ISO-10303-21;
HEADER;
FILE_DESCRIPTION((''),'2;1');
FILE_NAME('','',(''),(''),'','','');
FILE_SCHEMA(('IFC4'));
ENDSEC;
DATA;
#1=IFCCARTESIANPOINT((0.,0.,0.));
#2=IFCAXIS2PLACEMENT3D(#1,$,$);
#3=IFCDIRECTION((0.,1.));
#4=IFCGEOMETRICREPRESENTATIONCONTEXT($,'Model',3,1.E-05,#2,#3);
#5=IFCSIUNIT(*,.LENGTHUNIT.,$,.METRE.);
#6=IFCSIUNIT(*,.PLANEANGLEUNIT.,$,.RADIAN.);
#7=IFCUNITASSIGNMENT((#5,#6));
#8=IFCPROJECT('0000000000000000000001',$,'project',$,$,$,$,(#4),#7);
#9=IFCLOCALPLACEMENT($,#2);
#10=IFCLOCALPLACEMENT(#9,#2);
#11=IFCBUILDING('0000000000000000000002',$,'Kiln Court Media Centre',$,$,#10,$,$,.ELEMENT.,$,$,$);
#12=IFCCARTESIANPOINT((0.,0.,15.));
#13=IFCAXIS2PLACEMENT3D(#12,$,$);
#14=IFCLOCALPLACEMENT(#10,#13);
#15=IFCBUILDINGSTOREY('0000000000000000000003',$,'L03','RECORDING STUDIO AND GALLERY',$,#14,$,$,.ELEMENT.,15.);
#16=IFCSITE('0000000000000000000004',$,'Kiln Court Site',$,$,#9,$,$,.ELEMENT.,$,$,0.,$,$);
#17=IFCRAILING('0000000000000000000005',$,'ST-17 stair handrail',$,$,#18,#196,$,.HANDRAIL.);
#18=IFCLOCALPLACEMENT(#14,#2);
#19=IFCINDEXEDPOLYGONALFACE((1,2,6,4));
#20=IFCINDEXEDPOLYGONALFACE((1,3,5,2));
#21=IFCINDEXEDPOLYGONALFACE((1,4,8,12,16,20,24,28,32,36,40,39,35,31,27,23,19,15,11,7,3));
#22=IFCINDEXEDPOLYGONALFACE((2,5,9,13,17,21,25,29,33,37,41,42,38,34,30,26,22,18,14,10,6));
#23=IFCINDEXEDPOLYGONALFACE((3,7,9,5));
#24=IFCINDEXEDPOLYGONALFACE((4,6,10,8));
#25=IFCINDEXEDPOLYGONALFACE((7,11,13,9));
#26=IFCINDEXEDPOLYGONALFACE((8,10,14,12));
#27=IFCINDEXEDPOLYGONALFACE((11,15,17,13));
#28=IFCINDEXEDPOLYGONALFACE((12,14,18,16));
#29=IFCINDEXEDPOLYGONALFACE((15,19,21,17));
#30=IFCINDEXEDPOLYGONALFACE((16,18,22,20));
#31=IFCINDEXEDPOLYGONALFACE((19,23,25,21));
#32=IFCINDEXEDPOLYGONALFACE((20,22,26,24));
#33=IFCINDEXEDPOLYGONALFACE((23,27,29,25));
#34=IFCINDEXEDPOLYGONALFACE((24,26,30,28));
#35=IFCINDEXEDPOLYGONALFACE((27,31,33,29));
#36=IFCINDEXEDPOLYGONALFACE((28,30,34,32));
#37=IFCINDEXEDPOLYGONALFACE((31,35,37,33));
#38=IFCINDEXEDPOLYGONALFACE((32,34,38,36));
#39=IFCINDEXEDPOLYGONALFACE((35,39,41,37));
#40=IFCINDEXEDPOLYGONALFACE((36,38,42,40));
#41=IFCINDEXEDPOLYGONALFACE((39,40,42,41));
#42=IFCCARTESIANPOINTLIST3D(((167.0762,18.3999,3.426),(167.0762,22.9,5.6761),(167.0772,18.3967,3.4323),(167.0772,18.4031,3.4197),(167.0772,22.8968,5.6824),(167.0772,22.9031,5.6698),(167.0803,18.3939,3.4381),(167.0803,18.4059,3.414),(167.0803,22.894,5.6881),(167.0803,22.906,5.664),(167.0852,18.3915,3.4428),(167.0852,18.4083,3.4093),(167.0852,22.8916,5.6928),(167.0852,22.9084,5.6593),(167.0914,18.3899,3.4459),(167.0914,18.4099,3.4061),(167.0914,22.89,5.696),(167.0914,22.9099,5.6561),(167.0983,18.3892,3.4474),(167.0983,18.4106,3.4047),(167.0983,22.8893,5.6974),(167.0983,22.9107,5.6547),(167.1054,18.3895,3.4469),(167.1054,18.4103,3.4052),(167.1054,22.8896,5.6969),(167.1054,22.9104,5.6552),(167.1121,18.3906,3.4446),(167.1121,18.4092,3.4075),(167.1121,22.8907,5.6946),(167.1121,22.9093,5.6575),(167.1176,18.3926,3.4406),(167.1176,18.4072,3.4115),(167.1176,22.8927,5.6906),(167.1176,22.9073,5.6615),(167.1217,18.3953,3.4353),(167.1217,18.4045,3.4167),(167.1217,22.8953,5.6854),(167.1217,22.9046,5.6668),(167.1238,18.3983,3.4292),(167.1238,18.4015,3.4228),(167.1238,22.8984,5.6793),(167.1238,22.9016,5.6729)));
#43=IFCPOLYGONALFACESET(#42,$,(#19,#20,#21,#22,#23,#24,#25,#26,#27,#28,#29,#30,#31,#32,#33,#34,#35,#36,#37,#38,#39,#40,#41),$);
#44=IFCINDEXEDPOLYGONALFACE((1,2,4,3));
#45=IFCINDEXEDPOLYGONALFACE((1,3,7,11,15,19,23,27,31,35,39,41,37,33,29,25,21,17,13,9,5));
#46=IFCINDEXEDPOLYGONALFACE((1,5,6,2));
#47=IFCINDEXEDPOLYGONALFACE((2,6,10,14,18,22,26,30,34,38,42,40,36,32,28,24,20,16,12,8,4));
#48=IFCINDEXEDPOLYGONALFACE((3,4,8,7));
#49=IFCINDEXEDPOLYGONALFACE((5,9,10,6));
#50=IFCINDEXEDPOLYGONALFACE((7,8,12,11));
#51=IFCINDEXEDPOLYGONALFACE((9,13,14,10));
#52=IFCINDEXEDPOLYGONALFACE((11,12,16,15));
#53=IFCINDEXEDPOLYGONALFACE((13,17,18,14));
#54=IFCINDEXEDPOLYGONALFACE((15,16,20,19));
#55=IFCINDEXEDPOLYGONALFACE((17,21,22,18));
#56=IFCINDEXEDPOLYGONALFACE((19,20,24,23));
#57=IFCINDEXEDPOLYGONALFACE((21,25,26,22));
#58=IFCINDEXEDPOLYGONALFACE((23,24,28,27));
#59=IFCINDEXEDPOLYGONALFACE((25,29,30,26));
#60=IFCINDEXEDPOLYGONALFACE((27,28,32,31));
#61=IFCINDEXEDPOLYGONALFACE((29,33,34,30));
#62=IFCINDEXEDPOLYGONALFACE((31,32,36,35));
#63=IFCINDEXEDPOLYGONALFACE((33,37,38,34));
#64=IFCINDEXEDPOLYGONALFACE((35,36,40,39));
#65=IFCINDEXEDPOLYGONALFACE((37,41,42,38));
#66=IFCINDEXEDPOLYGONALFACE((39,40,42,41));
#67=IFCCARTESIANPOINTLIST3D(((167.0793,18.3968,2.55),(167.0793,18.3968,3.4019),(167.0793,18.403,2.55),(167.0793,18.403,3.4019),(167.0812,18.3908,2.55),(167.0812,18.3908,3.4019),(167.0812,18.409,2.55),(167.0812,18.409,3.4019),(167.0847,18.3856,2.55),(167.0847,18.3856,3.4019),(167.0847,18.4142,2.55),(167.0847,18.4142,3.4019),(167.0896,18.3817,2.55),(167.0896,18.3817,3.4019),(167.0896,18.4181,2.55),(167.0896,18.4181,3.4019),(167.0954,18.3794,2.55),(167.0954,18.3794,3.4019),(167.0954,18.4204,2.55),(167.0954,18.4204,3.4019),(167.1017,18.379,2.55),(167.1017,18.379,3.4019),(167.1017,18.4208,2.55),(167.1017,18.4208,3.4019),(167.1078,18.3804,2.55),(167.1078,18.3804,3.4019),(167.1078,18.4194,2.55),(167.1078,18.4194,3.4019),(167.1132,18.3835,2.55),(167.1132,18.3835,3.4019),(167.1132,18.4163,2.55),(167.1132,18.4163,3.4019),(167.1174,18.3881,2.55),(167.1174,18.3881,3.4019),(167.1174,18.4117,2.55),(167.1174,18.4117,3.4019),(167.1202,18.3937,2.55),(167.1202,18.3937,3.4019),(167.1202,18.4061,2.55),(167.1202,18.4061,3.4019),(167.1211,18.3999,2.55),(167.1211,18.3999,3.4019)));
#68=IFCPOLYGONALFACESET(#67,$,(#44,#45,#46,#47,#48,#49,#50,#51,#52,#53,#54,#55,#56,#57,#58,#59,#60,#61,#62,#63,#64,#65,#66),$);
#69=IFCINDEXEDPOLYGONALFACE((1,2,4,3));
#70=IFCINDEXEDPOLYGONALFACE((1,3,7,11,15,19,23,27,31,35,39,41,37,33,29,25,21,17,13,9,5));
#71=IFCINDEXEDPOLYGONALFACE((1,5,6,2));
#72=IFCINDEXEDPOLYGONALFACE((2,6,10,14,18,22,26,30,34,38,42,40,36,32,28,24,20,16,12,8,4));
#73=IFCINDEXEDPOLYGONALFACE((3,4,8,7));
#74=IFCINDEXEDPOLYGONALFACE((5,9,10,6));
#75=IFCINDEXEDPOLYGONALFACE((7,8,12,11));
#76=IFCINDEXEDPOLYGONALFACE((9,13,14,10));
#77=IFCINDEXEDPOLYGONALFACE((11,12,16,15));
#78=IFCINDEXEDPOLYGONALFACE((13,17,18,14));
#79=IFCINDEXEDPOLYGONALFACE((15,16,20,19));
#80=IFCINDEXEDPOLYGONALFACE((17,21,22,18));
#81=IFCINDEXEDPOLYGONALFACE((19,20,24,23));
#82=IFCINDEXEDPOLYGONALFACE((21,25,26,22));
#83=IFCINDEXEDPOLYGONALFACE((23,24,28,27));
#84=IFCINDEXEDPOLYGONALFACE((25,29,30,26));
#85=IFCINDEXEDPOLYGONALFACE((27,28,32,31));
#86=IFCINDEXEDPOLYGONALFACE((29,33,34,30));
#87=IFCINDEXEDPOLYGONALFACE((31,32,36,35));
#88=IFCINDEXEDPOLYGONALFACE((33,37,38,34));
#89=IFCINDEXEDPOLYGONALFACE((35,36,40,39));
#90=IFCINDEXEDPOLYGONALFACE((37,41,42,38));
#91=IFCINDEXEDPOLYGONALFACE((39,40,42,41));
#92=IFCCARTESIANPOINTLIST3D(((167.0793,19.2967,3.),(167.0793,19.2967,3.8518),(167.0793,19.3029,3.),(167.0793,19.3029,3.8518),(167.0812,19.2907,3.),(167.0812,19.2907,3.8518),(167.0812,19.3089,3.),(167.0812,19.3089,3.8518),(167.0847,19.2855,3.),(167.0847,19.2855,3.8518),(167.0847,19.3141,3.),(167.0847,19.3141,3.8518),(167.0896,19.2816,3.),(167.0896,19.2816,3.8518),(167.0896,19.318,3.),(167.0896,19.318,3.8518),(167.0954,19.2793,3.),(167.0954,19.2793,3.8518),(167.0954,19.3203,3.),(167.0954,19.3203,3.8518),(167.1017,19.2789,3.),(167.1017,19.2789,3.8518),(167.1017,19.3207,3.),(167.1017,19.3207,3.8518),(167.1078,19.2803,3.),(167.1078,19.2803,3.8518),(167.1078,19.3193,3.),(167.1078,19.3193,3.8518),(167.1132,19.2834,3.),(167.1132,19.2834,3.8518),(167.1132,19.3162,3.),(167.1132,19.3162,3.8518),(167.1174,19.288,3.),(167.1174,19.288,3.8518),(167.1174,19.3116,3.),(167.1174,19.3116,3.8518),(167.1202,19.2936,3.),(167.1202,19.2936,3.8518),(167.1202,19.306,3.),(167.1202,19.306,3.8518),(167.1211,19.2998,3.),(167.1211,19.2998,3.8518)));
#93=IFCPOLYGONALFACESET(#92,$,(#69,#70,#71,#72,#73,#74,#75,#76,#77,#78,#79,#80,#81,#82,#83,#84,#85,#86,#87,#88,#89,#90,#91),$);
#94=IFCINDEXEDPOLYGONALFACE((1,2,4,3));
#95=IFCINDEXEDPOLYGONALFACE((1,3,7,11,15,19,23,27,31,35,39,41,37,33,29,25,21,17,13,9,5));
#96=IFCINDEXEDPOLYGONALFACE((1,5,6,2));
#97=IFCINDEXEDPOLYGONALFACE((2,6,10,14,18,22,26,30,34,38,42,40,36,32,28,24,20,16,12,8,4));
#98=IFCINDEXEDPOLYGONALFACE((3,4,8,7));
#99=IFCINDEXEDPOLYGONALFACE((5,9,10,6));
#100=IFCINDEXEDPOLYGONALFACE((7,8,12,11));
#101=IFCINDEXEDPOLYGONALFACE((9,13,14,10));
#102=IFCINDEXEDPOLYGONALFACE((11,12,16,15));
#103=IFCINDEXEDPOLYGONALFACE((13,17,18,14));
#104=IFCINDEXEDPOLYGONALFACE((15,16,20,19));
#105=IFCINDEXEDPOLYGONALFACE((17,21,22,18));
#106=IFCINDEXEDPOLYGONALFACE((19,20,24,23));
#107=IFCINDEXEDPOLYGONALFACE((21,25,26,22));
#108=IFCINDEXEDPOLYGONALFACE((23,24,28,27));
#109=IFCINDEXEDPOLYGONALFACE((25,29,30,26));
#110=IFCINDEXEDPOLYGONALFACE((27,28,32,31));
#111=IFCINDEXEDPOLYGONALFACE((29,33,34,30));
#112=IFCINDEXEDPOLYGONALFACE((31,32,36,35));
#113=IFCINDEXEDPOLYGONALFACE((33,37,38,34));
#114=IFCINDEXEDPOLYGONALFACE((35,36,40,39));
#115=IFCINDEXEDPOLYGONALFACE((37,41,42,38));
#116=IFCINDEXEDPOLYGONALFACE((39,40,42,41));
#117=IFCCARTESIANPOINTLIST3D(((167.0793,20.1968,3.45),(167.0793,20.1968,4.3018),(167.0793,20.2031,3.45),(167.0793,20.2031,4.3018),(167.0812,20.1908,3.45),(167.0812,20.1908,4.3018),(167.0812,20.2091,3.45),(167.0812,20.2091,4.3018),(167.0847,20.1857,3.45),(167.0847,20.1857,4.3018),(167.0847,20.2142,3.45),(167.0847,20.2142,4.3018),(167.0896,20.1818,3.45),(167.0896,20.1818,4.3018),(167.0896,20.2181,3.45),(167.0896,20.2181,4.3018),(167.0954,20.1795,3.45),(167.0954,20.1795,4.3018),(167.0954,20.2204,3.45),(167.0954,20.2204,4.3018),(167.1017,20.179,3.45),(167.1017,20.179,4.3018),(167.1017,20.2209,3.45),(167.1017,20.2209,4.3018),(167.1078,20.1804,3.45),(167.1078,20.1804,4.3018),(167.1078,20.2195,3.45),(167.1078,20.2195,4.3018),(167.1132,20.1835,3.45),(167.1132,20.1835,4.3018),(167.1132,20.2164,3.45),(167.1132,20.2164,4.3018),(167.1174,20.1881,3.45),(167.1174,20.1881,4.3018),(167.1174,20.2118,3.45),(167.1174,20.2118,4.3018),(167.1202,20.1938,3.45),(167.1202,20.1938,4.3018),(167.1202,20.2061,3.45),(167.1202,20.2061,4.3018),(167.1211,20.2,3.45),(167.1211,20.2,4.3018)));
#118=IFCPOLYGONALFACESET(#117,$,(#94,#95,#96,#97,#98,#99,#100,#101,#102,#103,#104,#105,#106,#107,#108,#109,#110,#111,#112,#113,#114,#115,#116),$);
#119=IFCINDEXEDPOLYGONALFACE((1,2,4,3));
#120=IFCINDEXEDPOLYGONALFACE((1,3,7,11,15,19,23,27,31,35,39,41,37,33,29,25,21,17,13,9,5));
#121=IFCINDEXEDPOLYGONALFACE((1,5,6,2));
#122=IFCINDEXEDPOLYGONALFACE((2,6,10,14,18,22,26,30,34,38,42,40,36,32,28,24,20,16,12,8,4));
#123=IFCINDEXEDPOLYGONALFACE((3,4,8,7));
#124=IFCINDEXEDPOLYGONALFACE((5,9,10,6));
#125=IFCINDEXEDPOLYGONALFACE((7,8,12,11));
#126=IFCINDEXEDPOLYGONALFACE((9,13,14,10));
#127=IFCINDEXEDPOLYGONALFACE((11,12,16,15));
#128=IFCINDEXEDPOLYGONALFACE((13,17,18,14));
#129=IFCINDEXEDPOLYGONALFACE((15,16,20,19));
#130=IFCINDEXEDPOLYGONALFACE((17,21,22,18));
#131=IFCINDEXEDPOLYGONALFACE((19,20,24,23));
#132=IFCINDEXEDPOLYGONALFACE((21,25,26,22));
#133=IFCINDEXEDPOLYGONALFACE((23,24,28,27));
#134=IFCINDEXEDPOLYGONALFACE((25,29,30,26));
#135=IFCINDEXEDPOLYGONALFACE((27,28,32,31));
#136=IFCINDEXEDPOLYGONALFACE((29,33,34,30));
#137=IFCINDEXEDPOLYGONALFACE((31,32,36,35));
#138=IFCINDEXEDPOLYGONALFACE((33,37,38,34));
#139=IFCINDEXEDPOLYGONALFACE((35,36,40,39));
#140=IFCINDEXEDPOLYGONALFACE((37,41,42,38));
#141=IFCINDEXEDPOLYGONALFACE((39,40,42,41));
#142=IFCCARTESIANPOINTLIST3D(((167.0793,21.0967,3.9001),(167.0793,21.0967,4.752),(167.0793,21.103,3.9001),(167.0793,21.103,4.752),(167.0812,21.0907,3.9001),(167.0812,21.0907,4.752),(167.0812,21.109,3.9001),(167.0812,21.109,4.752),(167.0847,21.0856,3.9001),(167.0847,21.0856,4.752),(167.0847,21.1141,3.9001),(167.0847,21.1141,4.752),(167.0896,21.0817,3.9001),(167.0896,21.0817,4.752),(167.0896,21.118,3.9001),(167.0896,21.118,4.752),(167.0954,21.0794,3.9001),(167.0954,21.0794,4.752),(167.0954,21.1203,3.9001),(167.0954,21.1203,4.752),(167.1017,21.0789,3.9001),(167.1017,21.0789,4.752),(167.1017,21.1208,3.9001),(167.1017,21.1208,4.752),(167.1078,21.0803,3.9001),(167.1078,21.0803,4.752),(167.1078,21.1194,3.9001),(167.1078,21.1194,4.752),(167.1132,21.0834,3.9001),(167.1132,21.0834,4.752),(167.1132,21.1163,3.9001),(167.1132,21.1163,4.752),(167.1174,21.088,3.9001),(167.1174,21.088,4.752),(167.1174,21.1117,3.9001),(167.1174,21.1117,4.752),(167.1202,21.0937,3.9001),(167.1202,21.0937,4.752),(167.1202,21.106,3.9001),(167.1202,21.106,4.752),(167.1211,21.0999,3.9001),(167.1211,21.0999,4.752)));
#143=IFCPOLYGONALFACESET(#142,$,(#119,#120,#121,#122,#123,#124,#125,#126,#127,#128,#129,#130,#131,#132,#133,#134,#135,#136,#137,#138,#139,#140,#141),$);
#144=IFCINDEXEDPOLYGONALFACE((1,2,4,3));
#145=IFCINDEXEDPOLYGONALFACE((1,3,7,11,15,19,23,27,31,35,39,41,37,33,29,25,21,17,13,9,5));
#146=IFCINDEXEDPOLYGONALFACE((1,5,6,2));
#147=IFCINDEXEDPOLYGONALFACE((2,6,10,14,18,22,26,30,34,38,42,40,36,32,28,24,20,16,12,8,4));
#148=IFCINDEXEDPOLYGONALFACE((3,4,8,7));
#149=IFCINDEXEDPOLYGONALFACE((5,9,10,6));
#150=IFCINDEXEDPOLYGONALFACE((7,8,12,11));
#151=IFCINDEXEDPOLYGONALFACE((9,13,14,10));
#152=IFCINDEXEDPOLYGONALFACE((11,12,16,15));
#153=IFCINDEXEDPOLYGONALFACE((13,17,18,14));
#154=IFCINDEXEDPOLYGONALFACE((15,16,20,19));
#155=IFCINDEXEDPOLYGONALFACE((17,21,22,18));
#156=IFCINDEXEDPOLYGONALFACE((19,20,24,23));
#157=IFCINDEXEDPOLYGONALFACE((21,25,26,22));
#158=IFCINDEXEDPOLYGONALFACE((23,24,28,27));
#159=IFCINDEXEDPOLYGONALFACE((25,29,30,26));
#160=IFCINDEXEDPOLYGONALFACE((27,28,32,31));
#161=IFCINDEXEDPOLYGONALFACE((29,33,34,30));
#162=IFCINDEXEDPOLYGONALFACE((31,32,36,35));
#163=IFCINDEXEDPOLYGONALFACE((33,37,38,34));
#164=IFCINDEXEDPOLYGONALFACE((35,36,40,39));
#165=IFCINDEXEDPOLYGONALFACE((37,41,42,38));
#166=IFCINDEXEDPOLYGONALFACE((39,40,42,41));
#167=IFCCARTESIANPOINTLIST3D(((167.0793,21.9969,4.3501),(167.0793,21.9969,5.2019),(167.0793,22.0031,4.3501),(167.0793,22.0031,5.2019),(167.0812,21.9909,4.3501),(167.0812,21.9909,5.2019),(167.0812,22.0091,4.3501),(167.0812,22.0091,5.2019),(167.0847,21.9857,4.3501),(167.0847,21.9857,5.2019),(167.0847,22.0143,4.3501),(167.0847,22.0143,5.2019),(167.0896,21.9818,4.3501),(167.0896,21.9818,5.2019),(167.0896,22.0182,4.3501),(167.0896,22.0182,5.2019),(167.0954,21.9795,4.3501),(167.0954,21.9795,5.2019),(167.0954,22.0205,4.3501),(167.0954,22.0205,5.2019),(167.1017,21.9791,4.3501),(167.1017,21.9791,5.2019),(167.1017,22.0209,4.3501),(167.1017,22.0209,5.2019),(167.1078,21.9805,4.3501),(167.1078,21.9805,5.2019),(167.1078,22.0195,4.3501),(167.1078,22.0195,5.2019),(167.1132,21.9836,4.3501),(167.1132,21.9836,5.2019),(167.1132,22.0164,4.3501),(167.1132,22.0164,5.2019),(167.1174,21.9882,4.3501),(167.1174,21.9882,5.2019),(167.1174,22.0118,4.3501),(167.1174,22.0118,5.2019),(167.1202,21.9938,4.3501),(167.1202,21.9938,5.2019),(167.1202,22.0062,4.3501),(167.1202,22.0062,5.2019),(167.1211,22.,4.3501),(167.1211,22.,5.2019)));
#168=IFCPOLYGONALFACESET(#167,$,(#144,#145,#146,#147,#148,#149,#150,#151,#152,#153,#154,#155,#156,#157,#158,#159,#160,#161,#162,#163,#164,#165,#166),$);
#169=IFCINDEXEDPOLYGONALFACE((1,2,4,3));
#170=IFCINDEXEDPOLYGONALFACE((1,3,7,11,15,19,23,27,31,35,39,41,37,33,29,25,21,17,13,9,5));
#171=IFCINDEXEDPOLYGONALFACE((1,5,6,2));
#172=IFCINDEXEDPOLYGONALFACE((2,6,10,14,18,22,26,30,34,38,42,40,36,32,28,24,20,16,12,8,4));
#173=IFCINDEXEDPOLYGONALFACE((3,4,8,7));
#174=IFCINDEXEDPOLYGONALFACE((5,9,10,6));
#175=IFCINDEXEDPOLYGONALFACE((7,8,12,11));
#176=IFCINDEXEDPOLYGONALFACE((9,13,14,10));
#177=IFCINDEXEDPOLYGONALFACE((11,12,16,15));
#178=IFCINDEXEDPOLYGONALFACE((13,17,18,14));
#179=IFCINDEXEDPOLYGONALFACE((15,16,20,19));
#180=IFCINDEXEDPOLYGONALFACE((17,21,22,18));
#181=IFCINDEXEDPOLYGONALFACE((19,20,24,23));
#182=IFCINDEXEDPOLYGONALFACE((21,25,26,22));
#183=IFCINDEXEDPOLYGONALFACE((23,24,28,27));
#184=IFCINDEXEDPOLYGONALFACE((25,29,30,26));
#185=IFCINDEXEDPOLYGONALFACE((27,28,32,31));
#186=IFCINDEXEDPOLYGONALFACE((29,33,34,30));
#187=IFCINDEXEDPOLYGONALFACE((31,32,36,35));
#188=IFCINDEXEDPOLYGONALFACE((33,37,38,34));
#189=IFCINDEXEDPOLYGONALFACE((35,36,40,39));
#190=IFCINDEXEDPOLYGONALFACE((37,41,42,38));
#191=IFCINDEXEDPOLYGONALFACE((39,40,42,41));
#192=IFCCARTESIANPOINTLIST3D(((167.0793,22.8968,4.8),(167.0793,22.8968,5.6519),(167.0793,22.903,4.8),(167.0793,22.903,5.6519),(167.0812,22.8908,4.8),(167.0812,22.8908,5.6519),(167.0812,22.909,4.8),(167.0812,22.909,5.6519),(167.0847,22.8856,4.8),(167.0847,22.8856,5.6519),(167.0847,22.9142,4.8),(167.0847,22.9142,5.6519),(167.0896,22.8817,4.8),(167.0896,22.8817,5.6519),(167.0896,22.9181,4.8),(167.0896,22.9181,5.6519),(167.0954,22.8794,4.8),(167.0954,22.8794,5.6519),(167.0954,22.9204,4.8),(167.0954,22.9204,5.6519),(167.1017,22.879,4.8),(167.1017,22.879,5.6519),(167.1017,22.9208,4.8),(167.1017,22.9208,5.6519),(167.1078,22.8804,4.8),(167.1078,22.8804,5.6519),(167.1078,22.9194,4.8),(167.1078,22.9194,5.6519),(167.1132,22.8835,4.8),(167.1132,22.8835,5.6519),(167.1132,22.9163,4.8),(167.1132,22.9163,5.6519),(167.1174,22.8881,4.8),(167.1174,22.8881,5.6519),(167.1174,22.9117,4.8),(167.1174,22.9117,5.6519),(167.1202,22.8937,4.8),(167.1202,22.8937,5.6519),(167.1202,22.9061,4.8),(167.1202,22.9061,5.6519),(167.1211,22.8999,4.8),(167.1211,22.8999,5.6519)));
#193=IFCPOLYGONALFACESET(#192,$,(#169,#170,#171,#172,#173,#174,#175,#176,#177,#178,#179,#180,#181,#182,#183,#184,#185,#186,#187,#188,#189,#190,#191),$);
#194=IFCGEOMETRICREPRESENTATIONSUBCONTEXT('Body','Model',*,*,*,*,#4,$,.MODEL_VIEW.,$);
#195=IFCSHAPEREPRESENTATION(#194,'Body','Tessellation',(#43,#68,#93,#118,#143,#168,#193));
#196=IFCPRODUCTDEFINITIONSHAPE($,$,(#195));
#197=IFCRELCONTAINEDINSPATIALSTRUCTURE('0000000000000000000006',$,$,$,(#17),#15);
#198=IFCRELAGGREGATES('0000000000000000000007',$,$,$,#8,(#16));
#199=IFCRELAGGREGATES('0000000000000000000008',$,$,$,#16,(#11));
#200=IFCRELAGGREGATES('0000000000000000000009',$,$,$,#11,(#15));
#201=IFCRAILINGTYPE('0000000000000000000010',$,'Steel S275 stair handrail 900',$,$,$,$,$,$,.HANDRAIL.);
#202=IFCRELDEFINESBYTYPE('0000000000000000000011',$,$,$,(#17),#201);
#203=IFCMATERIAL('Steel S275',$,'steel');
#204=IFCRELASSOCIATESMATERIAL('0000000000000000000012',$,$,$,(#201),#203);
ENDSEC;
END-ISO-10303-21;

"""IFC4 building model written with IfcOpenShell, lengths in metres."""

from ifc_helpers import new_model, si_unit, direction, frame, origin, origin_2d, place, context, subcontext, project, spatial, circle, extrude, material, type_object, element, save


model = new_model("IFC4")

# Units and contexts
model_context = context("Model", 3, precision=1e-05, world=origin(), true_north=direction((0.0, 1.0)))
body_context = subcontext(model_context, "Body", "Model", "MODEL_VIEW")
ifc_project = project(units=[si_unit("LENGTHUNIT", "METRE"), si_unit("PLANEANGLEUNIT", "RADIAN")], contexts=[model_context])

# Site, building, storey
site_placement = place(None, origin())
site = spatial("IfcSite", under=ifc_project, at=site_placement, Name="Kiln Court Site", CompositionType="ELEMENT", RefElevation=0.0)
building_placement = place(site_placement, origin())
building = spatial("IfcBuilding", under=site, at=building_placement, Name="Kiln Court Media Centre", CompositionType="ELEMENT")
storey_placement = place(building_placement, frame((0.0, 0.0, 15.0)))
storey = spatial("IfcBuildingStorey", under=building, at=storey_placement, Name="L03", Description="RECORDING STUDIO AND GALLERY", CompositionType="ELEMENT", Elevation=15.0)

# Railing
ifc_material_1 = material(Name="Steel S275", Category="steel")
railing_type_1 = type_object("IfcRailingType", Name="Steel S275 stair handrail 900", PredefinedType="HANDRAIL", material=ifc_material_1)
railing_1_placement = place(storey_placement, frame((167.1001, 18.3999, 2.55)))
element("IfcRailing", 1, at=railing_1_placement, inside=storey, type_object=railing_type_1, Name="ST-17 stair handrail", PredefinedType="HANDRAIL", context=body_context, shape_type="SweptSolid", body=[
    extrude(circle(Radius=0.0239, at=origin_2d()), frame((0.0, 0.0, 0.876), z_axis=(0.0, 0.894427, 0.447214), x_axis=(-1.0, 0.0, 0.0)), (0.0, 0.0, 1.0), 5.0312),
    extrude(circle(Radius=0.021, at=origin_2d()), origin(), (0.0, 0.0, 1.0), 0.8518),
    extrude(circle(Radius=0.021, at=origin_2d()), frame((0.0, 0.8999, 0.45)), (0.0, 0.0, 1.0), 0.8518),
    extrude(circle(Radius=0.021, at=origin_2d()), frame((0.0, 1.8, 0.8999)), (0.0, 0.0, 1.0), 0.8518),
    extrude(circle(Radius=0.021, at=origin_2d()), frame((0.0, 2.7, 1.3501)), (0.0, 0.0, 1.0), 0.8518),
    extrude(circle(Radius=0.021, at=origin_2d()), frame((0.0, 3.6001, 1.8)), (0.0, 0.0, 1.0), 0.8518),
    extrude(circle(Radius=0.021, at=origin_2d()), frame((0.0, 4.5, 2.25)), (0.0, 0.0, 1.0), 0.8518),
])

save(model, "model.ifc")
